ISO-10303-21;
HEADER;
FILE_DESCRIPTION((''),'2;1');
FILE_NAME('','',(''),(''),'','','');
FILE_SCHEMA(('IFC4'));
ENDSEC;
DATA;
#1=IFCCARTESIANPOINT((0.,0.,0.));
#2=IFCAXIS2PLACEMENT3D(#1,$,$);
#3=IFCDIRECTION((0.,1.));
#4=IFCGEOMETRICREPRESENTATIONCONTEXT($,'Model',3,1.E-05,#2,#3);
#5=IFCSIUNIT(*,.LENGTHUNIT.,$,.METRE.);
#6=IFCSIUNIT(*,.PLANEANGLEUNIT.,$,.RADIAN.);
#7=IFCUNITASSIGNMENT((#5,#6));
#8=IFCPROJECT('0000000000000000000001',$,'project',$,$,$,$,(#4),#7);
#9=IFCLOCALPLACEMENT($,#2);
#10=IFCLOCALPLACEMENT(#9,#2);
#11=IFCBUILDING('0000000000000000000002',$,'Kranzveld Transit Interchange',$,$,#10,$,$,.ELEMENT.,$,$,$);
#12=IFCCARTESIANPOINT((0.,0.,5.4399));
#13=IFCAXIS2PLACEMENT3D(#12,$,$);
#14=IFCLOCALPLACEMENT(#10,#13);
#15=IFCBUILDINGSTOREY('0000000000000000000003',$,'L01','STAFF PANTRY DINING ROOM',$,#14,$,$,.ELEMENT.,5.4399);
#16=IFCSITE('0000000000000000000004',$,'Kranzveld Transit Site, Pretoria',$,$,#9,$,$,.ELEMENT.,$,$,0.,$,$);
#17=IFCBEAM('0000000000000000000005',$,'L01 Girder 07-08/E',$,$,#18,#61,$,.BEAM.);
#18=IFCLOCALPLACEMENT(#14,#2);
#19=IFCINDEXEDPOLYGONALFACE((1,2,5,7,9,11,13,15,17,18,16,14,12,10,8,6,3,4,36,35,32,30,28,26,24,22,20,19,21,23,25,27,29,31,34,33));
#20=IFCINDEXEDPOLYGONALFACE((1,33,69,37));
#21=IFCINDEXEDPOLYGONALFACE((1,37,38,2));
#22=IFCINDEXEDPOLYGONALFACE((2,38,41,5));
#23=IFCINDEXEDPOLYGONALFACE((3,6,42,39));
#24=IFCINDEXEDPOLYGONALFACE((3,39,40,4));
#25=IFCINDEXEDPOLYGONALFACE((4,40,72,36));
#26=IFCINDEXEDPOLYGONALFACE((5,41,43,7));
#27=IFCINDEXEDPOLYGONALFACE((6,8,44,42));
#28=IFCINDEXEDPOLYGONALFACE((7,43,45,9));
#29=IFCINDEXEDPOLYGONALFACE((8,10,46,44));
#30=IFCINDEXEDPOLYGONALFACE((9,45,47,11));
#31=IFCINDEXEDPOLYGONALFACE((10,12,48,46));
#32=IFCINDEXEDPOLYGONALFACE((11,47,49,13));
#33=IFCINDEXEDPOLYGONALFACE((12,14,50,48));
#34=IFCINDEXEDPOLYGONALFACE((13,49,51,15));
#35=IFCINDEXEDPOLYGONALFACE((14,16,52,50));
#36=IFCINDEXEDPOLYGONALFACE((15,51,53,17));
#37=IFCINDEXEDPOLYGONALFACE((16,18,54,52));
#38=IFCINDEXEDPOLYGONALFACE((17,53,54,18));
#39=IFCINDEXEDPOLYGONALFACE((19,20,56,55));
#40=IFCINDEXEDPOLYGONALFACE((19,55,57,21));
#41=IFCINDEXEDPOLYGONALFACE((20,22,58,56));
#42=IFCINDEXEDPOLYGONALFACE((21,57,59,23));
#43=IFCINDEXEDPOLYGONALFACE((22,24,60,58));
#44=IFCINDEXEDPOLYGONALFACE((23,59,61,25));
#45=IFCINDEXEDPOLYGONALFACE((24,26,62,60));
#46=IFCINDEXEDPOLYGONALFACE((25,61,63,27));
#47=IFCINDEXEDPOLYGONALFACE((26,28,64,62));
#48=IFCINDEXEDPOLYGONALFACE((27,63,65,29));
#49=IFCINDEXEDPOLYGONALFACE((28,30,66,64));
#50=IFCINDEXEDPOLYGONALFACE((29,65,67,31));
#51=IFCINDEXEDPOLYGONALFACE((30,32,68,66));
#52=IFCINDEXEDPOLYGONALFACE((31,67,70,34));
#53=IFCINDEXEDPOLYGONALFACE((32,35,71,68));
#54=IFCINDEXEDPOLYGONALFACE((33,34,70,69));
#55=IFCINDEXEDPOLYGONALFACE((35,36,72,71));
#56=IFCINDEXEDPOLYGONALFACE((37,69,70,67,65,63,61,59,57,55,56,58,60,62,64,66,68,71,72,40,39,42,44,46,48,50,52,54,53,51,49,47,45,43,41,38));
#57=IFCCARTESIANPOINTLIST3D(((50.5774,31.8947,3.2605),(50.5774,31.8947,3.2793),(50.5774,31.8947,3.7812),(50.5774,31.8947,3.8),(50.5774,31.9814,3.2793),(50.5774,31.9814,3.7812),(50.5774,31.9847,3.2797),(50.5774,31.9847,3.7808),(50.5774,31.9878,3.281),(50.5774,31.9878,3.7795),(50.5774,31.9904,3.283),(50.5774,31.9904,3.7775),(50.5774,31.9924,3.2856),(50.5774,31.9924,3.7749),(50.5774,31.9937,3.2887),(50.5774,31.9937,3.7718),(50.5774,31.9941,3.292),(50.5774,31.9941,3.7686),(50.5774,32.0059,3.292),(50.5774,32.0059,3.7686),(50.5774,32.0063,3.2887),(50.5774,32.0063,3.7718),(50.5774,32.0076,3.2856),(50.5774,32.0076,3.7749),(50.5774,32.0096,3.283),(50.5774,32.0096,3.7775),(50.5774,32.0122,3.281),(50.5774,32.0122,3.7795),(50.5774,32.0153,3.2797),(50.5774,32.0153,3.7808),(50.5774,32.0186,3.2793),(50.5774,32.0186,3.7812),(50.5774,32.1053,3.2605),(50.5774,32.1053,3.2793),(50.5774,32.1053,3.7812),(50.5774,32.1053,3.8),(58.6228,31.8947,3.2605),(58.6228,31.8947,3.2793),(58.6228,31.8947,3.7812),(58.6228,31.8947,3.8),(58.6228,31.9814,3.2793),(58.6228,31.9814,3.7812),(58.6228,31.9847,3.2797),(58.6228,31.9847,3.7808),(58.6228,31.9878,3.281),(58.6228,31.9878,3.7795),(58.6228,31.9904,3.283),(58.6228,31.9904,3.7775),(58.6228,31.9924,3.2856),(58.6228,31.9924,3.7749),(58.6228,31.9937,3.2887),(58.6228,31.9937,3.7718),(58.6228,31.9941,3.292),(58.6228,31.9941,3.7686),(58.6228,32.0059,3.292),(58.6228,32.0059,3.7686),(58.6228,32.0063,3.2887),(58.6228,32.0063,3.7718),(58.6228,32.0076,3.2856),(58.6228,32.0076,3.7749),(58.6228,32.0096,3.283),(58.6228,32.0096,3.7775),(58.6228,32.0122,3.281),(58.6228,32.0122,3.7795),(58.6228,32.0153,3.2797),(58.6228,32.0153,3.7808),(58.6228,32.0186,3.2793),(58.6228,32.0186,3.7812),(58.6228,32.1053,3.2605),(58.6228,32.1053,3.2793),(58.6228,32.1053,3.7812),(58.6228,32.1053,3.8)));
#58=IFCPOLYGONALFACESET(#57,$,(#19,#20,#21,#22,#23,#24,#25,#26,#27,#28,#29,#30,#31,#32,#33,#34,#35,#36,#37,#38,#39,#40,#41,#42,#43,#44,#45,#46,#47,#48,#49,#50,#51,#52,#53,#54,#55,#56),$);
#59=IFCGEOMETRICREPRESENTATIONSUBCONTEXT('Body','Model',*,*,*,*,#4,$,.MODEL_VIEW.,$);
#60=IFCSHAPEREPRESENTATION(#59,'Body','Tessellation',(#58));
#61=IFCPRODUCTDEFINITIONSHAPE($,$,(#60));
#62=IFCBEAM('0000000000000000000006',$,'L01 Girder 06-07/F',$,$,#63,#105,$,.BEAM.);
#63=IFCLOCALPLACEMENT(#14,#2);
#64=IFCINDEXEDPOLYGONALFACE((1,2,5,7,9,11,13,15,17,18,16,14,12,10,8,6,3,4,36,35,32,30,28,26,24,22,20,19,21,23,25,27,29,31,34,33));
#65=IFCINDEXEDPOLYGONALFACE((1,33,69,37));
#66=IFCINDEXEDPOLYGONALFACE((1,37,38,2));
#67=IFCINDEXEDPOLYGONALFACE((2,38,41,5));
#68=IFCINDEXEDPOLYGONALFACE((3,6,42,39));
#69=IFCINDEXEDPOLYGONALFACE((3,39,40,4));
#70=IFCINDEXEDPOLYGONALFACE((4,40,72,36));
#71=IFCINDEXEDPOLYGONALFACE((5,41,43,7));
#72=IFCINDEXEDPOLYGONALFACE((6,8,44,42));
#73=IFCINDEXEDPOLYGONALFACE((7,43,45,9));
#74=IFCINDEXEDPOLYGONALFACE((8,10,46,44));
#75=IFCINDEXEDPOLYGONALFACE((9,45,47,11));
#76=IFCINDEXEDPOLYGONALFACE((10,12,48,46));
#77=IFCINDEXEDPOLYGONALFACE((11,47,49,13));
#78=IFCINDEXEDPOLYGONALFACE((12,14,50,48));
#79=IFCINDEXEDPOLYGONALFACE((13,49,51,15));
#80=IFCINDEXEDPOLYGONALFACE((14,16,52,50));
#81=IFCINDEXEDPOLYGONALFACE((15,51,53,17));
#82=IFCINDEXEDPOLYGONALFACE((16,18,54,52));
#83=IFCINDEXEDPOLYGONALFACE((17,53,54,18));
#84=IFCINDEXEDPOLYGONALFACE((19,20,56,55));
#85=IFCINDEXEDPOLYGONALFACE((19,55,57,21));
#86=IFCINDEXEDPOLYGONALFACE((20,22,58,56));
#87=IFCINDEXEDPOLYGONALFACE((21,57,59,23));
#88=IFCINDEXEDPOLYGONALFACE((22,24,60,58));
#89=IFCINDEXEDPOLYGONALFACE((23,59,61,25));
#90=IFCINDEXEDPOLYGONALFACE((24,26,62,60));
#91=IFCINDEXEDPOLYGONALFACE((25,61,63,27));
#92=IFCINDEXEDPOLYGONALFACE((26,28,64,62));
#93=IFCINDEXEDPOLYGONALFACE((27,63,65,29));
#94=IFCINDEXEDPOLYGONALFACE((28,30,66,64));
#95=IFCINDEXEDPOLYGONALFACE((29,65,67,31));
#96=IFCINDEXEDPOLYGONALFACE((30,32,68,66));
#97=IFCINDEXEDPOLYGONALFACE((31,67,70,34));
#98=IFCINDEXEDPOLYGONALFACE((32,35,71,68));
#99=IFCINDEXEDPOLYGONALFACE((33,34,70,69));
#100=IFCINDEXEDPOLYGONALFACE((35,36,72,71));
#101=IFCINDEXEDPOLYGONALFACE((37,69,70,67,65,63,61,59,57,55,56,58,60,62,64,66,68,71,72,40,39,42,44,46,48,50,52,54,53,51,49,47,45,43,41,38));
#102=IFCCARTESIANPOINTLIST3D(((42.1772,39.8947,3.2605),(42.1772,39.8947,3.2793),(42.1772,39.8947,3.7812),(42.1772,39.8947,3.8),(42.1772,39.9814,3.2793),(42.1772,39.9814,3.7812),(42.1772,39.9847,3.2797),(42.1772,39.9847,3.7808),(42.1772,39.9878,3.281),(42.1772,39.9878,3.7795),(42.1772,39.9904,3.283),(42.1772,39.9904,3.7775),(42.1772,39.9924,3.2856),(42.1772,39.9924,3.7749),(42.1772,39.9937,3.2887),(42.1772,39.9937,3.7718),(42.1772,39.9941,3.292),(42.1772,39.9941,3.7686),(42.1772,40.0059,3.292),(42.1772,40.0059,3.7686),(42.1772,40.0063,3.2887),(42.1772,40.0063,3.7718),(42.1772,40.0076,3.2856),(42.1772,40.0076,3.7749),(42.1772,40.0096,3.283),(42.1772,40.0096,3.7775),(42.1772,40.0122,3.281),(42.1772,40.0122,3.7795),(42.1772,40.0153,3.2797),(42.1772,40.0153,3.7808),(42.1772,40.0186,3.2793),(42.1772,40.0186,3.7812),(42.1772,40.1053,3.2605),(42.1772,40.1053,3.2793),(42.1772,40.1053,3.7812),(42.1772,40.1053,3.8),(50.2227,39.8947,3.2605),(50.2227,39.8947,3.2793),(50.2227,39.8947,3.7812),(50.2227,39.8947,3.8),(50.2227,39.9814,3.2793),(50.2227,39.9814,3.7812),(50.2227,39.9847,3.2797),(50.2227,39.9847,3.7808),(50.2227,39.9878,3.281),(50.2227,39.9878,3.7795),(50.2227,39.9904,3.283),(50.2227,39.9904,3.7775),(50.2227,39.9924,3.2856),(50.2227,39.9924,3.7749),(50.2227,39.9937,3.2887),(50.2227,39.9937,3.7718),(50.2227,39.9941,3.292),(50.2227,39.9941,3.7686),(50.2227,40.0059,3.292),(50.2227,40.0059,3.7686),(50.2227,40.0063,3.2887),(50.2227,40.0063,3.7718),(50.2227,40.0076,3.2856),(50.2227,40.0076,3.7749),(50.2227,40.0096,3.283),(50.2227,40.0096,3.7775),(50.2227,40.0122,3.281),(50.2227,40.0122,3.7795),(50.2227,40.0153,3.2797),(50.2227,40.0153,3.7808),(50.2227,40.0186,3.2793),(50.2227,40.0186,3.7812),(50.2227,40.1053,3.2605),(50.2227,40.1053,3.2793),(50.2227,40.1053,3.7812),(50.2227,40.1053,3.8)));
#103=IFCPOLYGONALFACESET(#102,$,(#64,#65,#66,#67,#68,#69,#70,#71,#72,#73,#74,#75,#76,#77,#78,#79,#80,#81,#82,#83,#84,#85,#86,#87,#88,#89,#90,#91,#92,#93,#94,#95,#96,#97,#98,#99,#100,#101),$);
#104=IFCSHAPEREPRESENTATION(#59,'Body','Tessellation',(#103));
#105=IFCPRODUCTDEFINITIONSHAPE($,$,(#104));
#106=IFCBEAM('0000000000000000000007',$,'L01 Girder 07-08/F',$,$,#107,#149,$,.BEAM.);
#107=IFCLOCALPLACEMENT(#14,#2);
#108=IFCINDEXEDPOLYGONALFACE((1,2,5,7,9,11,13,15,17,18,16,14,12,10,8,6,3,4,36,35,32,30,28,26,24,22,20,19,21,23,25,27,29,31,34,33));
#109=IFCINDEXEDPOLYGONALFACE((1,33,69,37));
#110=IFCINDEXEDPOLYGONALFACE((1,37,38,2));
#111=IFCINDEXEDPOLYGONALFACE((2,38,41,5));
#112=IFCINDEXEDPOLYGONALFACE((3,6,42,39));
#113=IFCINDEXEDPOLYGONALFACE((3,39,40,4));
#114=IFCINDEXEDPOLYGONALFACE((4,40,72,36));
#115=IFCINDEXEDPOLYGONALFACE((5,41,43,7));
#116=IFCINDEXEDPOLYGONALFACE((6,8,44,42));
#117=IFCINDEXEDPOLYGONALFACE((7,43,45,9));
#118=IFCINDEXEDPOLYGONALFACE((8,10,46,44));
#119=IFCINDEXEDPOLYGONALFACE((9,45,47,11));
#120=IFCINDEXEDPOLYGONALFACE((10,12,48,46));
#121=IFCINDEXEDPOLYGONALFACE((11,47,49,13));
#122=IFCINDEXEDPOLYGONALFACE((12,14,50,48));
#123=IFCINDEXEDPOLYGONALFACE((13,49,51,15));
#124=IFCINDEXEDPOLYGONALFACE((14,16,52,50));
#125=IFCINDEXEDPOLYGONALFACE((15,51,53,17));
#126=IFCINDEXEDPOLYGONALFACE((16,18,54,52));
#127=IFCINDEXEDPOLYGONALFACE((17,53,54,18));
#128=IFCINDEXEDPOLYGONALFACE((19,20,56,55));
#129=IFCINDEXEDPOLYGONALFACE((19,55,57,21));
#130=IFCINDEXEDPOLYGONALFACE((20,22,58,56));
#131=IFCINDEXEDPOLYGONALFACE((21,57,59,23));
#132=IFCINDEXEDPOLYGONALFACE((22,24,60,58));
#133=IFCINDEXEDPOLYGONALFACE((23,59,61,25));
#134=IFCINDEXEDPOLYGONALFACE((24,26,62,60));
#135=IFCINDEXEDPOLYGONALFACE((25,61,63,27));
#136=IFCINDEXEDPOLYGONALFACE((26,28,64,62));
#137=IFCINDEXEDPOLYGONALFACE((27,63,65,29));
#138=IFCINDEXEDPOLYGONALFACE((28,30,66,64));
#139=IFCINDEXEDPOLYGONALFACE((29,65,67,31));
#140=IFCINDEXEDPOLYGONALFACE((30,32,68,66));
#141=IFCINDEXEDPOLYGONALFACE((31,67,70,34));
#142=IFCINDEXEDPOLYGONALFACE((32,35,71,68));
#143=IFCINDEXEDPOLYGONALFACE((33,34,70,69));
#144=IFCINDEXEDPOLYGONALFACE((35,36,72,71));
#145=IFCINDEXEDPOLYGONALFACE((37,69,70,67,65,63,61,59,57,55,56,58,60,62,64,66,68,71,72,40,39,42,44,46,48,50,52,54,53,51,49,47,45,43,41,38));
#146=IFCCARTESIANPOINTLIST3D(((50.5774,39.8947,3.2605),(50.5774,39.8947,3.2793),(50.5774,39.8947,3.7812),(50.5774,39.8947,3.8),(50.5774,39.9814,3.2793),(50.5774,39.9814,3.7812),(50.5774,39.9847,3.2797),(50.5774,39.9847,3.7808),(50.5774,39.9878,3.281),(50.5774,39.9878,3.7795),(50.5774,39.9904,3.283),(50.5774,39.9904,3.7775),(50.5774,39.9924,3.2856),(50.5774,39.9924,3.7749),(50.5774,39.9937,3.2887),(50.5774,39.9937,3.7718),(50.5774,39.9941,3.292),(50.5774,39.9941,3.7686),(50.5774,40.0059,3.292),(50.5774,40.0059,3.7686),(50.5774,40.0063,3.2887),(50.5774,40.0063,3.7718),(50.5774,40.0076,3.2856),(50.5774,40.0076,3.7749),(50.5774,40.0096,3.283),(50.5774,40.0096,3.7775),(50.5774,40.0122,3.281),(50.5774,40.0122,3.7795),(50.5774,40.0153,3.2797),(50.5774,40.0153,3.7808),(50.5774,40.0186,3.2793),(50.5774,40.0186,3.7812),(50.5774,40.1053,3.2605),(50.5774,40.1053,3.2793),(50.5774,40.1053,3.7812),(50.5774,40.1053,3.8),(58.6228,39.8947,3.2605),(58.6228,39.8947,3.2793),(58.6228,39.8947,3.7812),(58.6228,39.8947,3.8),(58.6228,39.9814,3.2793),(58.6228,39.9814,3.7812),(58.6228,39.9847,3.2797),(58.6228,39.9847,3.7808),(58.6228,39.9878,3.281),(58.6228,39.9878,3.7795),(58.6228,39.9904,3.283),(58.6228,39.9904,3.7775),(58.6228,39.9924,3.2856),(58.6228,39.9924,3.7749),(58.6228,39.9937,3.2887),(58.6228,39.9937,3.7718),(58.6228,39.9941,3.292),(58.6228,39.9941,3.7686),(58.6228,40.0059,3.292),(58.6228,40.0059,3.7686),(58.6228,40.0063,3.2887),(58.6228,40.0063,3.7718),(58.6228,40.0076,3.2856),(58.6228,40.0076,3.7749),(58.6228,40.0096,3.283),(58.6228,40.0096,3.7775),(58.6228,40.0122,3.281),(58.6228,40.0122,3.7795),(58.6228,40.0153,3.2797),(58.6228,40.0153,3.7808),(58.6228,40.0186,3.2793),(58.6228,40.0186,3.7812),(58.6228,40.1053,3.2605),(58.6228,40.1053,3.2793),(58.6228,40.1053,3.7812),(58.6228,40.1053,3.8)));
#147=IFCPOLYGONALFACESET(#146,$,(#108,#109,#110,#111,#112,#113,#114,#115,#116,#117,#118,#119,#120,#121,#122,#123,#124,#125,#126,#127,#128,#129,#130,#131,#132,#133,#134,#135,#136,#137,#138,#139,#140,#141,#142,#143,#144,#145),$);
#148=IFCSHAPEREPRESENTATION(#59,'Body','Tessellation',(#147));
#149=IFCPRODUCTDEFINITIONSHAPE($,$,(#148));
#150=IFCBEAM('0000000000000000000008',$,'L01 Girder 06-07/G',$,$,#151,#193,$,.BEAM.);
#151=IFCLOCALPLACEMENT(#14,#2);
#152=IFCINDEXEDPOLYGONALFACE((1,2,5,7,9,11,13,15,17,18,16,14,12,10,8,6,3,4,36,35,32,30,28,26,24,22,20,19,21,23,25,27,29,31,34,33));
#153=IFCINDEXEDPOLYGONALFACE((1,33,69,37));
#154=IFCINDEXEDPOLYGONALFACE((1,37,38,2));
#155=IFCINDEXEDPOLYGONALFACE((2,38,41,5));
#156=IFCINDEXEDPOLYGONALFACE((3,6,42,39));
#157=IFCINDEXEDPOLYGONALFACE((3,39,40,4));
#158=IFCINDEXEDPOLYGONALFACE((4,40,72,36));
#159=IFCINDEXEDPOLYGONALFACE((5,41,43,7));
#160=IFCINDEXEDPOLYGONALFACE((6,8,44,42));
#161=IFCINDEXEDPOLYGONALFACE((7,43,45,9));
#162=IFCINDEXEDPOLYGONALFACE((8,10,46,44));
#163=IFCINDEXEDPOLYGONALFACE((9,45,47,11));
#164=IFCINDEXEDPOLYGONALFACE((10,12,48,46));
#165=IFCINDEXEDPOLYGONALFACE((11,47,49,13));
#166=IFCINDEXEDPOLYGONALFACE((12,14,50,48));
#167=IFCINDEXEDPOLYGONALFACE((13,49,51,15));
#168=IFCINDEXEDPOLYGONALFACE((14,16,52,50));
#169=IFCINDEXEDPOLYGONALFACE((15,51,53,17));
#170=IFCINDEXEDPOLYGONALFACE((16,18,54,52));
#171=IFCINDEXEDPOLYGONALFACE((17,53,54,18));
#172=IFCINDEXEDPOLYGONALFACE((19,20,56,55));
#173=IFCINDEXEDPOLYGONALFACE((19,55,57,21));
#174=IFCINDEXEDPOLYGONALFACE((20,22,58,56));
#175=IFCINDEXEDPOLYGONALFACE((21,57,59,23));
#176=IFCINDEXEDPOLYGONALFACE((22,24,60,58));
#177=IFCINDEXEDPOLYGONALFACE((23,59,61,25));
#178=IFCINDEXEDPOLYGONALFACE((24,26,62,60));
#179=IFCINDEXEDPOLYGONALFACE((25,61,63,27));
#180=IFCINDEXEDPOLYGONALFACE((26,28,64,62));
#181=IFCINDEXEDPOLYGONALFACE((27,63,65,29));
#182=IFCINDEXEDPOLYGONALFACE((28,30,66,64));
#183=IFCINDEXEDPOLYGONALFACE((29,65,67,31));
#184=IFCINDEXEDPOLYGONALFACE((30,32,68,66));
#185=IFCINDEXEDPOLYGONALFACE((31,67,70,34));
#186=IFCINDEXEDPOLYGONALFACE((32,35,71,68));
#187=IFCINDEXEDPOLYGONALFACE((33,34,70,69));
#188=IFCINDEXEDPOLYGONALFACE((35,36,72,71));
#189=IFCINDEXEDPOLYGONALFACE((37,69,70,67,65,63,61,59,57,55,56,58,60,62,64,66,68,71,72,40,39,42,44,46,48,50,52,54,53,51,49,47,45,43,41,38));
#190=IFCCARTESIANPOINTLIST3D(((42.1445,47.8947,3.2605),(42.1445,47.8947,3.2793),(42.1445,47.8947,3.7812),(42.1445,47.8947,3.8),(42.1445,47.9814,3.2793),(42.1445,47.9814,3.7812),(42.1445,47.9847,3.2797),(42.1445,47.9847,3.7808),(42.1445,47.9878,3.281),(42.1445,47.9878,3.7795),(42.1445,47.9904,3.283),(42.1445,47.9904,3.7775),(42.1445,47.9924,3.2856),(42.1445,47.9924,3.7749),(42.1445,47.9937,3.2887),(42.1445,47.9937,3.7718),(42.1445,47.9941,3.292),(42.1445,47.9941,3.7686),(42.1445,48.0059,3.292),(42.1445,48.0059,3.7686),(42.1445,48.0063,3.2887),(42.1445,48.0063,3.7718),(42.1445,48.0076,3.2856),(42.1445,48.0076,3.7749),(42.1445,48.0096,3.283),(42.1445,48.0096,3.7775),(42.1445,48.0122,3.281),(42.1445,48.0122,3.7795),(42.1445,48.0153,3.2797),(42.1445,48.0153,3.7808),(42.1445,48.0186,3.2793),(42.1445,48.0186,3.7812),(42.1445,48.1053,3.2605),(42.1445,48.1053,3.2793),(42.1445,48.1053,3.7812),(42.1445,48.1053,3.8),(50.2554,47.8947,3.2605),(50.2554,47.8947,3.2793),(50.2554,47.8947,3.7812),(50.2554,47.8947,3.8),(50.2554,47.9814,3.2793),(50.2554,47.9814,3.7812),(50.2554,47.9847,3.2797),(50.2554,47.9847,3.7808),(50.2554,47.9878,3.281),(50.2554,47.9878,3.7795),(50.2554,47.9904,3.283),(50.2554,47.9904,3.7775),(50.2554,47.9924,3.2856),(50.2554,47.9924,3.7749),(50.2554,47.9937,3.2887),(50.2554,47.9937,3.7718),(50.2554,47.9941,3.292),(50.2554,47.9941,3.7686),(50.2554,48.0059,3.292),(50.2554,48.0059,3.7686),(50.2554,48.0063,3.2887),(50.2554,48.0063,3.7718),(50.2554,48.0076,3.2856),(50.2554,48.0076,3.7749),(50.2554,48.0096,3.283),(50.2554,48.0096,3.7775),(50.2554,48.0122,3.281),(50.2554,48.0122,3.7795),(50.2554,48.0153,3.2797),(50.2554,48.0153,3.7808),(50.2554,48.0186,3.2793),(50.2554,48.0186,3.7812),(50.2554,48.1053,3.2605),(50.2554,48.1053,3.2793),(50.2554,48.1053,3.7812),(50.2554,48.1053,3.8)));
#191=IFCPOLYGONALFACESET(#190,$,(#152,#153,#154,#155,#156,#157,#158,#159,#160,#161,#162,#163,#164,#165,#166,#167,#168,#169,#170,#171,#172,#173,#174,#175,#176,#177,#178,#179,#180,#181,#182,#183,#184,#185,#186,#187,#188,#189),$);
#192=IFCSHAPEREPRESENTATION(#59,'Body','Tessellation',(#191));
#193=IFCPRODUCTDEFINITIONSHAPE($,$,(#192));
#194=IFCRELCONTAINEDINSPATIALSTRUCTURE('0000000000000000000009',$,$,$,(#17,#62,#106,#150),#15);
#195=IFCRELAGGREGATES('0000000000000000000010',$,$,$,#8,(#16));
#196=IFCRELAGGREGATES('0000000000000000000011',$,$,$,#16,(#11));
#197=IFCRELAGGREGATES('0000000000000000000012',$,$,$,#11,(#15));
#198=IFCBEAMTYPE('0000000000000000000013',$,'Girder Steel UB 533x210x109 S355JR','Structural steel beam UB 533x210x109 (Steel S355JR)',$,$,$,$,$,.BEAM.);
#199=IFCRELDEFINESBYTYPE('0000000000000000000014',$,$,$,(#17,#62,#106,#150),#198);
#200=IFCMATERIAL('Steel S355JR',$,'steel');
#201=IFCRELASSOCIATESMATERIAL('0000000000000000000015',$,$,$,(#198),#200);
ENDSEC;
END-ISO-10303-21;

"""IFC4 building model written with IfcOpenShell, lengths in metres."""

from ifc_helpers import new_model, si_unit, direction, frame, origin, origin_2d, place, context, subcontext, project, spatial, i_section, extrude, material, material_profile, profile_set, type_object, element, save


model = new_model("IFC4")

# Units and contexts
model_context = context("Model", 3, precision=1e-05, world=origin(), true_north=direction((0.0, 1.0)))
body_context = subcontext(model_context, "Body", "Model", "MODEL_VIEW")
ifc_project = project(units=[si_unit("LENGTHUNIT", "METRE"), si_unit("PLANEANGLEUNIT", "RADIAN")], contexts=[model_context])

# Site, building, storey
site_placement = place(None, origin())
site = spatial("IfcSite", under=ifc_project, at=site_placement, Name="Kranzveld Transit Site, Pretoria", CompositionType="ELEMENT", RefElevation=0.0)
building_placement = place(site_placement, origin())
building = spatial("IfcBuilding", under=site, at=building_placement, Name="Kranzveld Transit Interchange", CompositionType="ELEMENT")
storey_placement = place(building_placement, frame((0.0, 0.0, 5.4399)))
storey = spatial("IfcBuildingStorey", under=building, at=storey_placement, Name="L01", Description="STAFF PANTRY DINING ROOM", CompositionType="ELEMENT", Elevation=5.4399)

# Beams
ifc_material_1 = material(Name="Steel S355JR", Category="steel")
ifc_material_profile_1 = material_profile(ifc_material_1, i_section(OverallWidth=0.2107, OverallDepth=0.5396, WebThickness=0.0117, FlangeThickness=0.0188, FilletRadius=0.0127, at=origin_2d()), Name="UB 533x210x109")
ifc_profile_set_1 = profile_set([ifc_material_profile_1], Name="Steel S355JR")
beam_type_1 = type_object("IfcBeamType", Name="Girder Steel UB 533x210x109 S355JR", Description="Structural steel beam UB 533x210x109 (Steel S355JR)", PredefinedType="BEAM", material=ifc_profile_set_1)
for number, where, z_axis, x_axis, name in (
    (1, (50.5774, 32.0, 3.5303), (1.0, 0.0, 0.0), (0.0, 1.0, 0.0), "L01 Girder 07-08/E"),
    (2, (42.1772, 40.0, 3.5303), (1.0, 0.0, 0.0), (0.0, 1.0, 0.0), "L01 Girder 06-07/F"),
    (3, (50.5774, 40.0, 3.5303), (1.0, 0.0, 0.0), (0.0, 1.0, 0.0), "L01 Girder 07-08/F"),
):
    element("IfcBeam", number, at=place(storey_placement, frame(where, z_axis=z_axis, x_axis=x_axis)), inside=storey, type_object=beam_type_1, Name=name, PredefinedType="BEAM", context=body_context, shape_type="SweptSolid", body=[
        extrude(i_section(OverallWidth=0.2107, OverallDepth=0.5396, WebThickness=0.0117, FlangeThickness=0.0188, FilletRadius=0.0127, at=origin_2d()), origin(), (0.0, 0.0, 1.0), 8.0454),
    ])
beam_1_placement = place(storey_placement, frame((42.1445, 48.0, 3.5303), z_axis=(1.0, 0.0, 0.0), x_axis=(0.0, 1.0, 0.0)))
element("IfcBeam", 4, at=beam_1_placement, inside=storey, type_object=beam_type_1, Name="L01 Girder 06-07/G", PredefinedType="BEAM", context=body_context, shape_type="SweptSolid", body=[
    extrude(i_section(OverallWidth=0.2107, OverallDepth=0.5396, WebThickness=0.0117, FlangeThickness=0.0188, FilletRadius=0.0127, at=origin_2d()), origin(), (0.0, 0.0, 1.0), 8.1108),
])

save(model, "model.ifc")
